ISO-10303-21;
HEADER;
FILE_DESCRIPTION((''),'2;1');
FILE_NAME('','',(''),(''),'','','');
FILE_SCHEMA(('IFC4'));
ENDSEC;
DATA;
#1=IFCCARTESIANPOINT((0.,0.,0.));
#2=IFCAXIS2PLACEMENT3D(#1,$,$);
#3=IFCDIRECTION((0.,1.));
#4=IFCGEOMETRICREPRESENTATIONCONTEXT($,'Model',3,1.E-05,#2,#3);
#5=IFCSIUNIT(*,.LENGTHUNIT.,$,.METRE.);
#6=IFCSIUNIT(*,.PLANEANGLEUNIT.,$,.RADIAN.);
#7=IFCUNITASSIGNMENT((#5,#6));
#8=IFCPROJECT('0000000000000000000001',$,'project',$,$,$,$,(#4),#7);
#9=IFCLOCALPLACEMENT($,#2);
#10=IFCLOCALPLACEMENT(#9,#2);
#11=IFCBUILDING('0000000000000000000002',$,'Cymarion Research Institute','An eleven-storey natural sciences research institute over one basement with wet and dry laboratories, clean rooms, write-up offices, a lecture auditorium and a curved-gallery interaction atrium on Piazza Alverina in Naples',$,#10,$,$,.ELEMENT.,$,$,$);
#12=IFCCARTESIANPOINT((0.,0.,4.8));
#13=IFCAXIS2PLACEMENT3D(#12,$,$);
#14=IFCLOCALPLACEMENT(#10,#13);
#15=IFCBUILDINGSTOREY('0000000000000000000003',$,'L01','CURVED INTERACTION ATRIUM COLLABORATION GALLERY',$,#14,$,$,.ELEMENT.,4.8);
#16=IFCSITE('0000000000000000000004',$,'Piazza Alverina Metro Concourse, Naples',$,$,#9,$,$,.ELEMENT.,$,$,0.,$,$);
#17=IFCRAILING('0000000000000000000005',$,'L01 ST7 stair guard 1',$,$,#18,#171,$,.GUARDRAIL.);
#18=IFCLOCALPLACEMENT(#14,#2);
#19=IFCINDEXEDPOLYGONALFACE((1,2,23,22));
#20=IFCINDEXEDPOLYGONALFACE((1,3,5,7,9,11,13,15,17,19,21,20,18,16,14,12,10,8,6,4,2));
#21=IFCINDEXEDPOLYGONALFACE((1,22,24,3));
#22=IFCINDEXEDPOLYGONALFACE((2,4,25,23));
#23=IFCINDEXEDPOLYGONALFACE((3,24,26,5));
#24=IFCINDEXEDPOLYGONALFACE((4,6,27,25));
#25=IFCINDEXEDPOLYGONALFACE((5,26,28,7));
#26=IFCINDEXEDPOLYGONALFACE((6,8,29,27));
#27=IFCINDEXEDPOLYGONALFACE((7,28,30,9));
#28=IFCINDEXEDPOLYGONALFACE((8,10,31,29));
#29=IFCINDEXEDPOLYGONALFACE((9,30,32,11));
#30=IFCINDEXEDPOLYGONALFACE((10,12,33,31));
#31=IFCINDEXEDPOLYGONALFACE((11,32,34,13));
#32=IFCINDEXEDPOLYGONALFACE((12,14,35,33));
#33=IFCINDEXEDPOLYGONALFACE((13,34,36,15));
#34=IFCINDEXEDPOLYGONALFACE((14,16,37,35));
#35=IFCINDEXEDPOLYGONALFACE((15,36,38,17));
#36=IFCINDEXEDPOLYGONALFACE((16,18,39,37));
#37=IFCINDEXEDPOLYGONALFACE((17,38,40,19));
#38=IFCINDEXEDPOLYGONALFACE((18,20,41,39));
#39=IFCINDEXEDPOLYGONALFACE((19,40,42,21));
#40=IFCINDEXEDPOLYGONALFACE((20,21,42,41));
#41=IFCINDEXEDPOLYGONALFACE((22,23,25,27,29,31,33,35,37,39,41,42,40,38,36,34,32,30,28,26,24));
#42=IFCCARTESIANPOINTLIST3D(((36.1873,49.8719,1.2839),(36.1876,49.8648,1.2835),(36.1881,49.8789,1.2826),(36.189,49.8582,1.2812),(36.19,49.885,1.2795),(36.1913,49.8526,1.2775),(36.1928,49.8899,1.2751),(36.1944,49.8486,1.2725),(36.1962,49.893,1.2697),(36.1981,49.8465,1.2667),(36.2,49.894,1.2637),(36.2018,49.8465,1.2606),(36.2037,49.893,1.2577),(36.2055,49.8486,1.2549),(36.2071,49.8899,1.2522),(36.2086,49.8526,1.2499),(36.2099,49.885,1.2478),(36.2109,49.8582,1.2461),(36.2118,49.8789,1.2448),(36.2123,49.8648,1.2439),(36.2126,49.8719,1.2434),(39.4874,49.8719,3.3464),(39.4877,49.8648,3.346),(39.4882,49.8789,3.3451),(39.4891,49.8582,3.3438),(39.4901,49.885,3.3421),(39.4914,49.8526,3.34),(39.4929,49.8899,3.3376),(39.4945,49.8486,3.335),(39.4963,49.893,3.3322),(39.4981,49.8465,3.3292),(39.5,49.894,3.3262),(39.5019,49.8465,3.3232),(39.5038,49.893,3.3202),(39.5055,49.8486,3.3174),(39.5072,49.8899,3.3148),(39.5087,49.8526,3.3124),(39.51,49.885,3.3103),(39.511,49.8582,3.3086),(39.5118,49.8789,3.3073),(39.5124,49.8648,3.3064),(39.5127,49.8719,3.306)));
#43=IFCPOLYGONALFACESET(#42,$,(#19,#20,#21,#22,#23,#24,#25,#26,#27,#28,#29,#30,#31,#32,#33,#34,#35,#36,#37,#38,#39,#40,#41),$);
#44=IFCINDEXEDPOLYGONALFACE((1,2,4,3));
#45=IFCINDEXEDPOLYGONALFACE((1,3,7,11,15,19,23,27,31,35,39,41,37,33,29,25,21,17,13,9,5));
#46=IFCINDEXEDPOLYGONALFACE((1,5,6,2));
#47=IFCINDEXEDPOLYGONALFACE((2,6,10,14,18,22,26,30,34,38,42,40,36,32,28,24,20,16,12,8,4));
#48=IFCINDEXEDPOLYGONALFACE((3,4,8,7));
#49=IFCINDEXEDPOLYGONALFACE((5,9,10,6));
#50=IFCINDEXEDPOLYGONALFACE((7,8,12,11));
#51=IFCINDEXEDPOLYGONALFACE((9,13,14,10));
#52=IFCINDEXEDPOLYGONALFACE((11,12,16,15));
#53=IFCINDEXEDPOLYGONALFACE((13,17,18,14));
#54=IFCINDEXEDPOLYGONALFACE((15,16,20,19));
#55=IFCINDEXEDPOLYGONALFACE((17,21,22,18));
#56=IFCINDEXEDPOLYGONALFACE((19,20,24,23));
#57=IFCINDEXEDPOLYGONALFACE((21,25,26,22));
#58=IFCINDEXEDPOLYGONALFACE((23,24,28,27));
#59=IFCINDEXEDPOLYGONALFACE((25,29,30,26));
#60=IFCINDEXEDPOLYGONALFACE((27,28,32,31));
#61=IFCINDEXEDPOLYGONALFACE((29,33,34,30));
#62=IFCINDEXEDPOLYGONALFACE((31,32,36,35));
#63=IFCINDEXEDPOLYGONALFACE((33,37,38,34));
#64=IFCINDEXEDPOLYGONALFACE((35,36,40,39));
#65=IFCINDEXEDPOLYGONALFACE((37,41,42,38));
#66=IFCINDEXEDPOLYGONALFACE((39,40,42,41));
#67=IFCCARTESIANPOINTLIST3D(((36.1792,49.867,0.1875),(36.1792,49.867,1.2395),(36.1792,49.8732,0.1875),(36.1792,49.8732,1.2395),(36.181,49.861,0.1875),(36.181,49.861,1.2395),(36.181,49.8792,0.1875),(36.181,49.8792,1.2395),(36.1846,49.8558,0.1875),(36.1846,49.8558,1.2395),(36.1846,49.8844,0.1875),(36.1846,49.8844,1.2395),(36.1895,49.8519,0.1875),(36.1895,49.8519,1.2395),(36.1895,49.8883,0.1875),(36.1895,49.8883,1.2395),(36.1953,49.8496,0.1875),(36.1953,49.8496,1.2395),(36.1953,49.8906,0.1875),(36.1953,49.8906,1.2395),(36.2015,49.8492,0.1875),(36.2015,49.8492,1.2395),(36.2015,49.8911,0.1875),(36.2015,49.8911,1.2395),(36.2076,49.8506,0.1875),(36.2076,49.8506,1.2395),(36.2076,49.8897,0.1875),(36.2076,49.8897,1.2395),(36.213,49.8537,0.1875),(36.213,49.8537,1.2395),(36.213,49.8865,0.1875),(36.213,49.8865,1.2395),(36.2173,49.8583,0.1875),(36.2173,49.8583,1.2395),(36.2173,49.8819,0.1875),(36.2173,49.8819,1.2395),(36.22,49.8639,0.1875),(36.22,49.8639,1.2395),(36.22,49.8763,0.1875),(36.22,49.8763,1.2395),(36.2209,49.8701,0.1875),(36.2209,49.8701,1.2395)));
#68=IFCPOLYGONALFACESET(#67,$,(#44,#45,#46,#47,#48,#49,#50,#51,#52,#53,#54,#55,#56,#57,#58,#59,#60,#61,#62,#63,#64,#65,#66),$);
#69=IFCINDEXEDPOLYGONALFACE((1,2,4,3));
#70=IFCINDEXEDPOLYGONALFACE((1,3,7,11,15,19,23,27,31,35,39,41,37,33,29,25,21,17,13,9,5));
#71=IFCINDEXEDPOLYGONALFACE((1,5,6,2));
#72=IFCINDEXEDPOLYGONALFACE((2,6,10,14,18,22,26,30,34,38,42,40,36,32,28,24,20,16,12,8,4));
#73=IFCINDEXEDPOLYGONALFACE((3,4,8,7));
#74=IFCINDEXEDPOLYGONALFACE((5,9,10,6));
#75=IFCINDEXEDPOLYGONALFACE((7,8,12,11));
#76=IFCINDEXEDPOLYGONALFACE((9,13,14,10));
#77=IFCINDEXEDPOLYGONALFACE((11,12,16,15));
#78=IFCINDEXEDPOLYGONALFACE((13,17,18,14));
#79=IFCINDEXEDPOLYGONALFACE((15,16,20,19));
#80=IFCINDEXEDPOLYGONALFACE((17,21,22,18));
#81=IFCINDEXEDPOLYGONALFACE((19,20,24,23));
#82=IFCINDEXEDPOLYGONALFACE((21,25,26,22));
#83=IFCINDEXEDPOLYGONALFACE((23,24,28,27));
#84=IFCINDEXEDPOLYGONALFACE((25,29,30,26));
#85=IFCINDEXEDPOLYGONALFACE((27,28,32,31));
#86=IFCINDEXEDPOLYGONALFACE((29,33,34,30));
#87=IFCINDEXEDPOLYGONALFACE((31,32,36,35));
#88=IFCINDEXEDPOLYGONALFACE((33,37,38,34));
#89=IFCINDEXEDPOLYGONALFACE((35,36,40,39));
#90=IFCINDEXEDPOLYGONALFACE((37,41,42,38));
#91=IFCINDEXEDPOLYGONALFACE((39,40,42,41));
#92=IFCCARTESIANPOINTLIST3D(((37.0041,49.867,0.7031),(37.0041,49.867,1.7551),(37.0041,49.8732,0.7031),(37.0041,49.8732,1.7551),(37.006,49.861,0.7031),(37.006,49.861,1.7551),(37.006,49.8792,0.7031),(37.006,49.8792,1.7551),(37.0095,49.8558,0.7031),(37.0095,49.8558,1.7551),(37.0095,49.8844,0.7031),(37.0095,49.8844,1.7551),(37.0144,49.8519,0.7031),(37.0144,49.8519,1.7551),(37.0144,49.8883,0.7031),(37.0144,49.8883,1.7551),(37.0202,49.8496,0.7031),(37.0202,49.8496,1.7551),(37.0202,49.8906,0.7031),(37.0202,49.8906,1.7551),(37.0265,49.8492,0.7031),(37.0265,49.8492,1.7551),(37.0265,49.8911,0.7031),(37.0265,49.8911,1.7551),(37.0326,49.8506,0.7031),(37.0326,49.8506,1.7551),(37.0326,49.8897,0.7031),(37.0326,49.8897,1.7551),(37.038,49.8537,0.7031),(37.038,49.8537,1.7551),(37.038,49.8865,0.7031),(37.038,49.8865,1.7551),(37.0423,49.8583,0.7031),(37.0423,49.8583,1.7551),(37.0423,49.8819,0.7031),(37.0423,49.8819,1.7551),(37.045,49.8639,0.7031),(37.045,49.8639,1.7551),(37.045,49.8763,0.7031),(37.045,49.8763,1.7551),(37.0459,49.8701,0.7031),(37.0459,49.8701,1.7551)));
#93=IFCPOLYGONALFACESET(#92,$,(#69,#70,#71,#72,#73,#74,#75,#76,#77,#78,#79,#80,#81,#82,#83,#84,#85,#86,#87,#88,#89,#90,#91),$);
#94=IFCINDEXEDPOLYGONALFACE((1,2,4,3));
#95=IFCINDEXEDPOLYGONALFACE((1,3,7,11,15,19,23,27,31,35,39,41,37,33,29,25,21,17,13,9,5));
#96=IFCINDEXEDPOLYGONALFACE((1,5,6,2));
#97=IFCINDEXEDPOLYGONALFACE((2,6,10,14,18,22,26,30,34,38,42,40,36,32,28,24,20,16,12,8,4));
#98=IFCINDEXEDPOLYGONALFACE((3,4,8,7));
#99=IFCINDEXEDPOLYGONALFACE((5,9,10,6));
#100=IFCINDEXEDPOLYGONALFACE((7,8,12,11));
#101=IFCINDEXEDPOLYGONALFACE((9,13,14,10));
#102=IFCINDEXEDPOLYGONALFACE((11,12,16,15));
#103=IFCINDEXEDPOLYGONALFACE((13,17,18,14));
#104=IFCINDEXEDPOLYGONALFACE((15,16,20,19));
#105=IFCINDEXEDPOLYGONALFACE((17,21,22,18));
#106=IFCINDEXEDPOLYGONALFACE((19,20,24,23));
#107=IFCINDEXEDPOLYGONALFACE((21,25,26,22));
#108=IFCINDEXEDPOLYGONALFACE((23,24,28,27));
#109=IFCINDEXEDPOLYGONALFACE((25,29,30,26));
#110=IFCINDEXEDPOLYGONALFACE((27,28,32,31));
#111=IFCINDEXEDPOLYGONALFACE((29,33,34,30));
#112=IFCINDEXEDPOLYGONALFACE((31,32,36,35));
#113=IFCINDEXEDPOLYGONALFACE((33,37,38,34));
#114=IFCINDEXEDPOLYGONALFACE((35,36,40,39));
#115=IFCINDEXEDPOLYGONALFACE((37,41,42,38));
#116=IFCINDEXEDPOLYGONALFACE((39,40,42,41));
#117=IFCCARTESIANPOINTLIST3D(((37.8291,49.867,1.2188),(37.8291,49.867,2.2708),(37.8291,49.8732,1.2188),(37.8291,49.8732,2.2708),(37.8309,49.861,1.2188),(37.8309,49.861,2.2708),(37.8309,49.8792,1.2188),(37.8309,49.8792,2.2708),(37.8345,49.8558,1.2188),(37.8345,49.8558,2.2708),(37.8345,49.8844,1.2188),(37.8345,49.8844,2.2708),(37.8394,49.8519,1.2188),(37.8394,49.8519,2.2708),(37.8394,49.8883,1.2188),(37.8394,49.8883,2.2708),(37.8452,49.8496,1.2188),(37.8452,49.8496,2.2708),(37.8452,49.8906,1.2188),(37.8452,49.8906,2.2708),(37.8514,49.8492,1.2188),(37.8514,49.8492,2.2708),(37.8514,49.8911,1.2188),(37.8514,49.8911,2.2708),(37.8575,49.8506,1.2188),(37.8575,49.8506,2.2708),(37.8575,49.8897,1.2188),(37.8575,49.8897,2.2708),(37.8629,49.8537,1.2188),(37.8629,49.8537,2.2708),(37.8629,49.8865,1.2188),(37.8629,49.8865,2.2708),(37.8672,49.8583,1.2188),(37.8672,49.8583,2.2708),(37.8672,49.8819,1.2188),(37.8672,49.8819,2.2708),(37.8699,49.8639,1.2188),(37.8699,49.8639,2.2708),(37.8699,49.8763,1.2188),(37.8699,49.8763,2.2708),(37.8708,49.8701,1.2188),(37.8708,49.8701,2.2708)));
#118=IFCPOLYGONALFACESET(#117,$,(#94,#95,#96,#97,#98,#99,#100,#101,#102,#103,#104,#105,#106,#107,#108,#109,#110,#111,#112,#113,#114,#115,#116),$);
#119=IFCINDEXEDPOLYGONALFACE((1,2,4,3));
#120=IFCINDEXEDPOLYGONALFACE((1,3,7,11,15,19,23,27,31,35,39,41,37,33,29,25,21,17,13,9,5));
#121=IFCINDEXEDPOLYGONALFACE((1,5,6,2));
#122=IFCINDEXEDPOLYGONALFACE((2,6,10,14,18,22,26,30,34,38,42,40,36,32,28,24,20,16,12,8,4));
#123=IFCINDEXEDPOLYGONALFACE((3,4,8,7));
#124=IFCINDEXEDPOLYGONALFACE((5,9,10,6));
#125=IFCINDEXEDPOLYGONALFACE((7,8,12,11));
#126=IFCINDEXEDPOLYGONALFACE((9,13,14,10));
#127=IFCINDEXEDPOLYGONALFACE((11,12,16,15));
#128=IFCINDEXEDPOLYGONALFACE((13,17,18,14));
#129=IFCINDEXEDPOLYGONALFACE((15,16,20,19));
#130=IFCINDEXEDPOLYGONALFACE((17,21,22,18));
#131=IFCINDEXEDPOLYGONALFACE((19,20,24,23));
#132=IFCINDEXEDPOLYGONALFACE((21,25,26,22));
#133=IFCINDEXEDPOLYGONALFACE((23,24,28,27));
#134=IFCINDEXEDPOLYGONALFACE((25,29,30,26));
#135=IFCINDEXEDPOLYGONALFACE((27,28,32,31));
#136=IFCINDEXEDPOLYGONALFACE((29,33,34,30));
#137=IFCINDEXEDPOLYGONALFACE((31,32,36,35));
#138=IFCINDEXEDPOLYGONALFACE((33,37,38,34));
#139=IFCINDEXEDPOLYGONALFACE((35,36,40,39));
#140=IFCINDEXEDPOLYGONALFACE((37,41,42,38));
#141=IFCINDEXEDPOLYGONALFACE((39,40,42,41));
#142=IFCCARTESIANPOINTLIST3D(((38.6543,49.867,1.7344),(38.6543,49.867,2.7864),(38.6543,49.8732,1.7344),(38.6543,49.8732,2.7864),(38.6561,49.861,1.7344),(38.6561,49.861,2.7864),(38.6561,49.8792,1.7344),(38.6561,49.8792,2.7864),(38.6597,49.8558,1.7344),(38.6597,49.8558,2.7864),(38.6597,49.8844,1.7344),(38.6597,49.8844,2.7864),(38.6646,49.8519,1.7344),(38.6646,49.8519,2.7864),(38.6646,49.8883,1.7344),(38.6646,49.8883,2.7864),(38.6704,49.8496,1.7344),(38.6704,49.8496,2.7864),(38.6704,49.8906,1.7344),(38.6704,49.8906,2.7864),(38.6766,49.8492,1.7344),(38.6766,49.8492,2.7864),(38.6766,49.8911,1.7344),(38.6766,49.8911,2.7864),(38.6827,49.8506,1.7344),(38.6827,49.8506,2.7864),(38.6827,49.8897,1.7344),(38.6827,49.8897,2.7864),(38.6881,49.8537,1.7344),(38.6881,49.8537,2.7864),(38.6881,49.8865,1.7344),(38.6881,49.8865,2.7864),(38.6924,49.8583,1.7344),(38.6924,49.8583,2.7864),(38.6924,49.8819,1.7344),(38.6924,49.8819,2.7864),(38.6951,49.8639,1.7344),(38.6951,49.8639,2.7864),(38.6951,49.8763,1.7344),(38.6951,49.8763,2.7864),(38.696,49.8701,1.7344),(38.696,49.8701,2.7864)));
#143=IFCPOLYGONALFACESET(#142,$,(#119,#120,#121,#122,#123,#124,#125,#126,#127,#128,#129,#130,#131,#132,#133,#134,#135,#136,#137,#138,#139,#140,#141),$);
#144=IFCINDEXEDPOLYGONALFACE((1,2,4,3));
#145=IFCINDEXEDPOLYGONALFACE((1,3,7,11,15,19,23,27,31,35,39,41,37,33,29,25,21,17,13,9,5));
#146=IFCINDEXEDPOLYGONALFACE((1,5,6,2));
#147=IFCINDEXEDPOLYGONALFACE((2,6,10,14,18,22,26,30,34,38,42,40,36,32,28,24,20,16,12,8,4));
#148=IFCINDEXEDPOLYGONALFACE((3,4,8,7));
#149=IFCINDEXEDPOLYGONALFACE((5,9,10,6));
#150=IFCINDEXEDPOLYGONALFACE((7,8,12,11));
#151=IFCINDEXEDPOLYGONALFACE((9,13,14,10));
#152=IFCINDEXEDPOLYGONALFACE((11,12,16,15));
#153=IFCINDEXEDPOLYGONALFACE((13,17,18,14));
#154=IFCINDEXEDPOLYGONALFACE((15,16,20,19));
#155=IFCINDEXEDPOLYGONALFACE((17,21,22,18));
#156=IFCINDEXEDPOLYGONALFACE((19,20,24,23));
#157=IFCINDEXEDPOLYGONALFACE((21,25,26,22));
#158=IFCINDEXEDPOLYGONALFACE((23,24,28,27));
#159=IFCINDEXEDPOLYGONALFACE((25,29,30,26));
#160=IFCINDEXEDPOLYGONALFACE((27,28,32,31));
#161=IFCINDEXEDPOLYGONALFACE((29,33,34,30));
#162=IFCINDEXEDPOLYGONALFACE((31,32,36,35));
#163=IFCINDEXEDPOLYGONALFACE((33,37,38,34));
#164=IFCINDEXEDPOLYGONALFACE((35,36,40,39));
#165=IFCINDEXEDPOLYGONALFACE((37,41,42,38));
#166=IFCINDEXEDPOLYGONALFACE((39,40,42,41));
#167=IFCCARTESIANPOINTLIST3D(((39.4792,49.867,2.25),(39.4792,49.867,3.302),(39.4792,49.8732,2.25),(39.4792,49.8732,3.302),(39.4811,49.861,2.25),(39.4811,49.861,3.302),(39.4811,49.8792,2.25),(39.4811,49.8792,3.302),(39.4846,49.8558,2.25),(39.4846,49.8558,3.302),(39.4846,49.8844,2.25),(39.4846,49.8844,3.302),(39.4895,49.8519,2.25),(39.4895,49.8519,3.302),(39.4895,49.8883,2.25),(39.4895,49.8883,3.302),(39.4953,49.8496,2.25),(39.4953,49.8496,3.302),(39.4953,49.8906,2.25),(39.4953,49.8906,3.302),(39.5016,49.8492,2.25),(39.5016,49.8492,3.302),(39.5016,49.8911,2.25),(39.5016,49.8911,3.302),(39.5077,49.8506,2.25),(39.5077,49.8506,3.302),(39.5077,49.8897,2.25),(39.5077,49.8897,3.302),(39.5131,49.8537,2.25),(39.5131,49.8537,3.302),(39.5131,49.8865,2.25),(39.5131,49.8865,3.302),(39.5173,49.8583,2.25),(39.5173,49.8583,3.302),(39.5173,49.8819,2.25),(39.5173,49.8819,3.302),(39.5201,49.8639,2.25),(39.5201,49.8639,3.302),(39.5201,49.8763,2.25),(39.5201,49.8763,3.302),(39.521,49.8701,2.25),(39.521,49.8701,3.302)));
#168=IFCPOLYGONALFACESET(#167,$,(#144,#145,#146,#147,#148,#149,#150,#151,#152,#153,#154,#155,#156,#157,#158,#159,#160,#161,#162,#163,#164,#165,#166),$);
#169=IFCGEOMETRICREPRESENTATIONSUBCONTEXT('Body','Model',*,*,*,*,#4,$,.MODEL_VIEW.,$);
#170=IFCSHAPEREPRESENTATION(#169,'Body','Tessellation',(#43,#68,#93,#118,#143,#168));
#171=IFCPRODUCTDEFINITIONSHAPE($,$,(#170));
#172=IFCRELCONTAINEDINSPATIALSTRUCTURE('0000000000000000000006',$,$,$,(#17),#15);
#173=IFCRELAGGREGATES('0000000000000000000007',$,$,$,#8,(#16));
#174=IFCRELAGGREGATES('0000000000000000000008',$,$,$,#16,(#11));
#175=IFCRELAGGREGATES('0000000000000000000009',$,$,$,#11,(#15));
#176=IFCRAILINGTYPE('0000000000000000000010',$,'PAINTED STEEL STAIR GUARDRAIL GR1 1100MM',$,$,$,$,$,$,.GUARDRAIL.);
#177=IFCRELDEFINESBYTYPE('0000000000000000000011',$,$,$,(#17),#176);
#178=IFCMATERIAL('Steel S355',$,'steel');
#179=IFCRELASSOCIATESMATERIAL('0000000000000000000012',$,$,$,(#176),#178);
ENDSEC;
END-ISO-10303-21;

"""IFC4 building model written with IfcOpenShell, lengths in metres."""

from ifc_helpers import new_model, si_unit, direction, frame, origin, origin_2d, place, context, subcontext, project, spatial, circle, extrude, material, type_object, element, save


model = new_model("IFC4")

# Units and contexts
model_context = context("Model", 3, precision=1e-05, world=origin(), true_north=direction((0.0, 1.0)))
body_context = subcontext(model_context, "Body", "Model", "MODEL_VIEW")
ifc_project = project(units=[si_unit("LENGTHUNIT", "METRE"), si_unit("PLANEANGLEUNIT", "RADIAN")], contexts=[model_context])

# Site, building, storey
site_placement = place(None, origin())
site = spatial("IfcSite", under=ifc_project, at=site_placement, Name="Piazza Alverina Metro Concourse, Naples", CompositionType="ELEMENT", RefElevation=0.0)
building_placement = place(site_placement, origin())
building = spatial("IfcBuilding", under=site, at=building_placement, Name="Cymarion Research Institute", Description="An eleven-storey natural sciences research institute over one basement with wet and dry laboratories, clean rooms, write-up offices, a lecture auditorium and a curved-gallery interaction atrium on Piazza Alverina in Naples", CompositionType="ELEMENT")
storey_placement = place(building_placement, frame((0.0, 0.0, 4.8)))
storey = spatial("IfcBuildingStorey", under=building, at=storey_placement, Name="L01", Description="CURVED INTERACTION ATRIUM COLLABORATION GALLERY", CompositionType="ELEMENT", Elevation=4.8)

# Railing
ifc_material_1 = material(Name="Steel S355", Category="steel")
railing_type_1 = type_object("IfcRailingType", Name="PAINTED STEEL STAIR GUARDRAIL GR1 1100MM", PredefinedType="GUARDRAIL", material=ifc_material_1)
railing_1_placement = place(storey_placement, frame((36.2, 49.8701, 0.1875)))
element("IfcRailing", 1, at=railing_1_placement, inside=storey, type_object=railing_type_1, Name="L01 ST7 stair guard 1", PredefinedType="GUARDRAIL", context=body_context, shape_type="SweptSolid", body=[
    extrude(circle(Radius=0.0239, at=origin_2d()), frame((0.0, 0.0, 1.0762), z_axis=(0.848002, 0.0, 0.529993), x_axis=(0.0, 1.0, 0.0)), (0.0, 0.0, 1.0), 3.8916),
    extrude(circle(Radius=0.021, at=origin_2d()), origin(), (0.0, 0.0, 1.0), 1.052),
    extrude(circle(Radius=0.021, at=origin_2d()), frame((0.825, 0.0, 0.5156)), (0.0, 0.0, 1.0), 1.052),
    extrude(circle(Radius=0.021, at=origin_2d()), frame((1.6499, 0.0, 1.0312)), (0.0, 0.0, 1.0), 1.052),
    extrude(circle(Radius=0.021, at=origin_2d()), frame((2.4751, 0.0, 1.5469)), (0.0, 0.0, 1.0), 1.052),
    extrude(circle(Radius=0.021, at=origin_2d()), frame((3.3, 0.0, 2.0625)), (0.0, 0.0, 1.0), 1.052),
])

save(model, "model.ifc")
